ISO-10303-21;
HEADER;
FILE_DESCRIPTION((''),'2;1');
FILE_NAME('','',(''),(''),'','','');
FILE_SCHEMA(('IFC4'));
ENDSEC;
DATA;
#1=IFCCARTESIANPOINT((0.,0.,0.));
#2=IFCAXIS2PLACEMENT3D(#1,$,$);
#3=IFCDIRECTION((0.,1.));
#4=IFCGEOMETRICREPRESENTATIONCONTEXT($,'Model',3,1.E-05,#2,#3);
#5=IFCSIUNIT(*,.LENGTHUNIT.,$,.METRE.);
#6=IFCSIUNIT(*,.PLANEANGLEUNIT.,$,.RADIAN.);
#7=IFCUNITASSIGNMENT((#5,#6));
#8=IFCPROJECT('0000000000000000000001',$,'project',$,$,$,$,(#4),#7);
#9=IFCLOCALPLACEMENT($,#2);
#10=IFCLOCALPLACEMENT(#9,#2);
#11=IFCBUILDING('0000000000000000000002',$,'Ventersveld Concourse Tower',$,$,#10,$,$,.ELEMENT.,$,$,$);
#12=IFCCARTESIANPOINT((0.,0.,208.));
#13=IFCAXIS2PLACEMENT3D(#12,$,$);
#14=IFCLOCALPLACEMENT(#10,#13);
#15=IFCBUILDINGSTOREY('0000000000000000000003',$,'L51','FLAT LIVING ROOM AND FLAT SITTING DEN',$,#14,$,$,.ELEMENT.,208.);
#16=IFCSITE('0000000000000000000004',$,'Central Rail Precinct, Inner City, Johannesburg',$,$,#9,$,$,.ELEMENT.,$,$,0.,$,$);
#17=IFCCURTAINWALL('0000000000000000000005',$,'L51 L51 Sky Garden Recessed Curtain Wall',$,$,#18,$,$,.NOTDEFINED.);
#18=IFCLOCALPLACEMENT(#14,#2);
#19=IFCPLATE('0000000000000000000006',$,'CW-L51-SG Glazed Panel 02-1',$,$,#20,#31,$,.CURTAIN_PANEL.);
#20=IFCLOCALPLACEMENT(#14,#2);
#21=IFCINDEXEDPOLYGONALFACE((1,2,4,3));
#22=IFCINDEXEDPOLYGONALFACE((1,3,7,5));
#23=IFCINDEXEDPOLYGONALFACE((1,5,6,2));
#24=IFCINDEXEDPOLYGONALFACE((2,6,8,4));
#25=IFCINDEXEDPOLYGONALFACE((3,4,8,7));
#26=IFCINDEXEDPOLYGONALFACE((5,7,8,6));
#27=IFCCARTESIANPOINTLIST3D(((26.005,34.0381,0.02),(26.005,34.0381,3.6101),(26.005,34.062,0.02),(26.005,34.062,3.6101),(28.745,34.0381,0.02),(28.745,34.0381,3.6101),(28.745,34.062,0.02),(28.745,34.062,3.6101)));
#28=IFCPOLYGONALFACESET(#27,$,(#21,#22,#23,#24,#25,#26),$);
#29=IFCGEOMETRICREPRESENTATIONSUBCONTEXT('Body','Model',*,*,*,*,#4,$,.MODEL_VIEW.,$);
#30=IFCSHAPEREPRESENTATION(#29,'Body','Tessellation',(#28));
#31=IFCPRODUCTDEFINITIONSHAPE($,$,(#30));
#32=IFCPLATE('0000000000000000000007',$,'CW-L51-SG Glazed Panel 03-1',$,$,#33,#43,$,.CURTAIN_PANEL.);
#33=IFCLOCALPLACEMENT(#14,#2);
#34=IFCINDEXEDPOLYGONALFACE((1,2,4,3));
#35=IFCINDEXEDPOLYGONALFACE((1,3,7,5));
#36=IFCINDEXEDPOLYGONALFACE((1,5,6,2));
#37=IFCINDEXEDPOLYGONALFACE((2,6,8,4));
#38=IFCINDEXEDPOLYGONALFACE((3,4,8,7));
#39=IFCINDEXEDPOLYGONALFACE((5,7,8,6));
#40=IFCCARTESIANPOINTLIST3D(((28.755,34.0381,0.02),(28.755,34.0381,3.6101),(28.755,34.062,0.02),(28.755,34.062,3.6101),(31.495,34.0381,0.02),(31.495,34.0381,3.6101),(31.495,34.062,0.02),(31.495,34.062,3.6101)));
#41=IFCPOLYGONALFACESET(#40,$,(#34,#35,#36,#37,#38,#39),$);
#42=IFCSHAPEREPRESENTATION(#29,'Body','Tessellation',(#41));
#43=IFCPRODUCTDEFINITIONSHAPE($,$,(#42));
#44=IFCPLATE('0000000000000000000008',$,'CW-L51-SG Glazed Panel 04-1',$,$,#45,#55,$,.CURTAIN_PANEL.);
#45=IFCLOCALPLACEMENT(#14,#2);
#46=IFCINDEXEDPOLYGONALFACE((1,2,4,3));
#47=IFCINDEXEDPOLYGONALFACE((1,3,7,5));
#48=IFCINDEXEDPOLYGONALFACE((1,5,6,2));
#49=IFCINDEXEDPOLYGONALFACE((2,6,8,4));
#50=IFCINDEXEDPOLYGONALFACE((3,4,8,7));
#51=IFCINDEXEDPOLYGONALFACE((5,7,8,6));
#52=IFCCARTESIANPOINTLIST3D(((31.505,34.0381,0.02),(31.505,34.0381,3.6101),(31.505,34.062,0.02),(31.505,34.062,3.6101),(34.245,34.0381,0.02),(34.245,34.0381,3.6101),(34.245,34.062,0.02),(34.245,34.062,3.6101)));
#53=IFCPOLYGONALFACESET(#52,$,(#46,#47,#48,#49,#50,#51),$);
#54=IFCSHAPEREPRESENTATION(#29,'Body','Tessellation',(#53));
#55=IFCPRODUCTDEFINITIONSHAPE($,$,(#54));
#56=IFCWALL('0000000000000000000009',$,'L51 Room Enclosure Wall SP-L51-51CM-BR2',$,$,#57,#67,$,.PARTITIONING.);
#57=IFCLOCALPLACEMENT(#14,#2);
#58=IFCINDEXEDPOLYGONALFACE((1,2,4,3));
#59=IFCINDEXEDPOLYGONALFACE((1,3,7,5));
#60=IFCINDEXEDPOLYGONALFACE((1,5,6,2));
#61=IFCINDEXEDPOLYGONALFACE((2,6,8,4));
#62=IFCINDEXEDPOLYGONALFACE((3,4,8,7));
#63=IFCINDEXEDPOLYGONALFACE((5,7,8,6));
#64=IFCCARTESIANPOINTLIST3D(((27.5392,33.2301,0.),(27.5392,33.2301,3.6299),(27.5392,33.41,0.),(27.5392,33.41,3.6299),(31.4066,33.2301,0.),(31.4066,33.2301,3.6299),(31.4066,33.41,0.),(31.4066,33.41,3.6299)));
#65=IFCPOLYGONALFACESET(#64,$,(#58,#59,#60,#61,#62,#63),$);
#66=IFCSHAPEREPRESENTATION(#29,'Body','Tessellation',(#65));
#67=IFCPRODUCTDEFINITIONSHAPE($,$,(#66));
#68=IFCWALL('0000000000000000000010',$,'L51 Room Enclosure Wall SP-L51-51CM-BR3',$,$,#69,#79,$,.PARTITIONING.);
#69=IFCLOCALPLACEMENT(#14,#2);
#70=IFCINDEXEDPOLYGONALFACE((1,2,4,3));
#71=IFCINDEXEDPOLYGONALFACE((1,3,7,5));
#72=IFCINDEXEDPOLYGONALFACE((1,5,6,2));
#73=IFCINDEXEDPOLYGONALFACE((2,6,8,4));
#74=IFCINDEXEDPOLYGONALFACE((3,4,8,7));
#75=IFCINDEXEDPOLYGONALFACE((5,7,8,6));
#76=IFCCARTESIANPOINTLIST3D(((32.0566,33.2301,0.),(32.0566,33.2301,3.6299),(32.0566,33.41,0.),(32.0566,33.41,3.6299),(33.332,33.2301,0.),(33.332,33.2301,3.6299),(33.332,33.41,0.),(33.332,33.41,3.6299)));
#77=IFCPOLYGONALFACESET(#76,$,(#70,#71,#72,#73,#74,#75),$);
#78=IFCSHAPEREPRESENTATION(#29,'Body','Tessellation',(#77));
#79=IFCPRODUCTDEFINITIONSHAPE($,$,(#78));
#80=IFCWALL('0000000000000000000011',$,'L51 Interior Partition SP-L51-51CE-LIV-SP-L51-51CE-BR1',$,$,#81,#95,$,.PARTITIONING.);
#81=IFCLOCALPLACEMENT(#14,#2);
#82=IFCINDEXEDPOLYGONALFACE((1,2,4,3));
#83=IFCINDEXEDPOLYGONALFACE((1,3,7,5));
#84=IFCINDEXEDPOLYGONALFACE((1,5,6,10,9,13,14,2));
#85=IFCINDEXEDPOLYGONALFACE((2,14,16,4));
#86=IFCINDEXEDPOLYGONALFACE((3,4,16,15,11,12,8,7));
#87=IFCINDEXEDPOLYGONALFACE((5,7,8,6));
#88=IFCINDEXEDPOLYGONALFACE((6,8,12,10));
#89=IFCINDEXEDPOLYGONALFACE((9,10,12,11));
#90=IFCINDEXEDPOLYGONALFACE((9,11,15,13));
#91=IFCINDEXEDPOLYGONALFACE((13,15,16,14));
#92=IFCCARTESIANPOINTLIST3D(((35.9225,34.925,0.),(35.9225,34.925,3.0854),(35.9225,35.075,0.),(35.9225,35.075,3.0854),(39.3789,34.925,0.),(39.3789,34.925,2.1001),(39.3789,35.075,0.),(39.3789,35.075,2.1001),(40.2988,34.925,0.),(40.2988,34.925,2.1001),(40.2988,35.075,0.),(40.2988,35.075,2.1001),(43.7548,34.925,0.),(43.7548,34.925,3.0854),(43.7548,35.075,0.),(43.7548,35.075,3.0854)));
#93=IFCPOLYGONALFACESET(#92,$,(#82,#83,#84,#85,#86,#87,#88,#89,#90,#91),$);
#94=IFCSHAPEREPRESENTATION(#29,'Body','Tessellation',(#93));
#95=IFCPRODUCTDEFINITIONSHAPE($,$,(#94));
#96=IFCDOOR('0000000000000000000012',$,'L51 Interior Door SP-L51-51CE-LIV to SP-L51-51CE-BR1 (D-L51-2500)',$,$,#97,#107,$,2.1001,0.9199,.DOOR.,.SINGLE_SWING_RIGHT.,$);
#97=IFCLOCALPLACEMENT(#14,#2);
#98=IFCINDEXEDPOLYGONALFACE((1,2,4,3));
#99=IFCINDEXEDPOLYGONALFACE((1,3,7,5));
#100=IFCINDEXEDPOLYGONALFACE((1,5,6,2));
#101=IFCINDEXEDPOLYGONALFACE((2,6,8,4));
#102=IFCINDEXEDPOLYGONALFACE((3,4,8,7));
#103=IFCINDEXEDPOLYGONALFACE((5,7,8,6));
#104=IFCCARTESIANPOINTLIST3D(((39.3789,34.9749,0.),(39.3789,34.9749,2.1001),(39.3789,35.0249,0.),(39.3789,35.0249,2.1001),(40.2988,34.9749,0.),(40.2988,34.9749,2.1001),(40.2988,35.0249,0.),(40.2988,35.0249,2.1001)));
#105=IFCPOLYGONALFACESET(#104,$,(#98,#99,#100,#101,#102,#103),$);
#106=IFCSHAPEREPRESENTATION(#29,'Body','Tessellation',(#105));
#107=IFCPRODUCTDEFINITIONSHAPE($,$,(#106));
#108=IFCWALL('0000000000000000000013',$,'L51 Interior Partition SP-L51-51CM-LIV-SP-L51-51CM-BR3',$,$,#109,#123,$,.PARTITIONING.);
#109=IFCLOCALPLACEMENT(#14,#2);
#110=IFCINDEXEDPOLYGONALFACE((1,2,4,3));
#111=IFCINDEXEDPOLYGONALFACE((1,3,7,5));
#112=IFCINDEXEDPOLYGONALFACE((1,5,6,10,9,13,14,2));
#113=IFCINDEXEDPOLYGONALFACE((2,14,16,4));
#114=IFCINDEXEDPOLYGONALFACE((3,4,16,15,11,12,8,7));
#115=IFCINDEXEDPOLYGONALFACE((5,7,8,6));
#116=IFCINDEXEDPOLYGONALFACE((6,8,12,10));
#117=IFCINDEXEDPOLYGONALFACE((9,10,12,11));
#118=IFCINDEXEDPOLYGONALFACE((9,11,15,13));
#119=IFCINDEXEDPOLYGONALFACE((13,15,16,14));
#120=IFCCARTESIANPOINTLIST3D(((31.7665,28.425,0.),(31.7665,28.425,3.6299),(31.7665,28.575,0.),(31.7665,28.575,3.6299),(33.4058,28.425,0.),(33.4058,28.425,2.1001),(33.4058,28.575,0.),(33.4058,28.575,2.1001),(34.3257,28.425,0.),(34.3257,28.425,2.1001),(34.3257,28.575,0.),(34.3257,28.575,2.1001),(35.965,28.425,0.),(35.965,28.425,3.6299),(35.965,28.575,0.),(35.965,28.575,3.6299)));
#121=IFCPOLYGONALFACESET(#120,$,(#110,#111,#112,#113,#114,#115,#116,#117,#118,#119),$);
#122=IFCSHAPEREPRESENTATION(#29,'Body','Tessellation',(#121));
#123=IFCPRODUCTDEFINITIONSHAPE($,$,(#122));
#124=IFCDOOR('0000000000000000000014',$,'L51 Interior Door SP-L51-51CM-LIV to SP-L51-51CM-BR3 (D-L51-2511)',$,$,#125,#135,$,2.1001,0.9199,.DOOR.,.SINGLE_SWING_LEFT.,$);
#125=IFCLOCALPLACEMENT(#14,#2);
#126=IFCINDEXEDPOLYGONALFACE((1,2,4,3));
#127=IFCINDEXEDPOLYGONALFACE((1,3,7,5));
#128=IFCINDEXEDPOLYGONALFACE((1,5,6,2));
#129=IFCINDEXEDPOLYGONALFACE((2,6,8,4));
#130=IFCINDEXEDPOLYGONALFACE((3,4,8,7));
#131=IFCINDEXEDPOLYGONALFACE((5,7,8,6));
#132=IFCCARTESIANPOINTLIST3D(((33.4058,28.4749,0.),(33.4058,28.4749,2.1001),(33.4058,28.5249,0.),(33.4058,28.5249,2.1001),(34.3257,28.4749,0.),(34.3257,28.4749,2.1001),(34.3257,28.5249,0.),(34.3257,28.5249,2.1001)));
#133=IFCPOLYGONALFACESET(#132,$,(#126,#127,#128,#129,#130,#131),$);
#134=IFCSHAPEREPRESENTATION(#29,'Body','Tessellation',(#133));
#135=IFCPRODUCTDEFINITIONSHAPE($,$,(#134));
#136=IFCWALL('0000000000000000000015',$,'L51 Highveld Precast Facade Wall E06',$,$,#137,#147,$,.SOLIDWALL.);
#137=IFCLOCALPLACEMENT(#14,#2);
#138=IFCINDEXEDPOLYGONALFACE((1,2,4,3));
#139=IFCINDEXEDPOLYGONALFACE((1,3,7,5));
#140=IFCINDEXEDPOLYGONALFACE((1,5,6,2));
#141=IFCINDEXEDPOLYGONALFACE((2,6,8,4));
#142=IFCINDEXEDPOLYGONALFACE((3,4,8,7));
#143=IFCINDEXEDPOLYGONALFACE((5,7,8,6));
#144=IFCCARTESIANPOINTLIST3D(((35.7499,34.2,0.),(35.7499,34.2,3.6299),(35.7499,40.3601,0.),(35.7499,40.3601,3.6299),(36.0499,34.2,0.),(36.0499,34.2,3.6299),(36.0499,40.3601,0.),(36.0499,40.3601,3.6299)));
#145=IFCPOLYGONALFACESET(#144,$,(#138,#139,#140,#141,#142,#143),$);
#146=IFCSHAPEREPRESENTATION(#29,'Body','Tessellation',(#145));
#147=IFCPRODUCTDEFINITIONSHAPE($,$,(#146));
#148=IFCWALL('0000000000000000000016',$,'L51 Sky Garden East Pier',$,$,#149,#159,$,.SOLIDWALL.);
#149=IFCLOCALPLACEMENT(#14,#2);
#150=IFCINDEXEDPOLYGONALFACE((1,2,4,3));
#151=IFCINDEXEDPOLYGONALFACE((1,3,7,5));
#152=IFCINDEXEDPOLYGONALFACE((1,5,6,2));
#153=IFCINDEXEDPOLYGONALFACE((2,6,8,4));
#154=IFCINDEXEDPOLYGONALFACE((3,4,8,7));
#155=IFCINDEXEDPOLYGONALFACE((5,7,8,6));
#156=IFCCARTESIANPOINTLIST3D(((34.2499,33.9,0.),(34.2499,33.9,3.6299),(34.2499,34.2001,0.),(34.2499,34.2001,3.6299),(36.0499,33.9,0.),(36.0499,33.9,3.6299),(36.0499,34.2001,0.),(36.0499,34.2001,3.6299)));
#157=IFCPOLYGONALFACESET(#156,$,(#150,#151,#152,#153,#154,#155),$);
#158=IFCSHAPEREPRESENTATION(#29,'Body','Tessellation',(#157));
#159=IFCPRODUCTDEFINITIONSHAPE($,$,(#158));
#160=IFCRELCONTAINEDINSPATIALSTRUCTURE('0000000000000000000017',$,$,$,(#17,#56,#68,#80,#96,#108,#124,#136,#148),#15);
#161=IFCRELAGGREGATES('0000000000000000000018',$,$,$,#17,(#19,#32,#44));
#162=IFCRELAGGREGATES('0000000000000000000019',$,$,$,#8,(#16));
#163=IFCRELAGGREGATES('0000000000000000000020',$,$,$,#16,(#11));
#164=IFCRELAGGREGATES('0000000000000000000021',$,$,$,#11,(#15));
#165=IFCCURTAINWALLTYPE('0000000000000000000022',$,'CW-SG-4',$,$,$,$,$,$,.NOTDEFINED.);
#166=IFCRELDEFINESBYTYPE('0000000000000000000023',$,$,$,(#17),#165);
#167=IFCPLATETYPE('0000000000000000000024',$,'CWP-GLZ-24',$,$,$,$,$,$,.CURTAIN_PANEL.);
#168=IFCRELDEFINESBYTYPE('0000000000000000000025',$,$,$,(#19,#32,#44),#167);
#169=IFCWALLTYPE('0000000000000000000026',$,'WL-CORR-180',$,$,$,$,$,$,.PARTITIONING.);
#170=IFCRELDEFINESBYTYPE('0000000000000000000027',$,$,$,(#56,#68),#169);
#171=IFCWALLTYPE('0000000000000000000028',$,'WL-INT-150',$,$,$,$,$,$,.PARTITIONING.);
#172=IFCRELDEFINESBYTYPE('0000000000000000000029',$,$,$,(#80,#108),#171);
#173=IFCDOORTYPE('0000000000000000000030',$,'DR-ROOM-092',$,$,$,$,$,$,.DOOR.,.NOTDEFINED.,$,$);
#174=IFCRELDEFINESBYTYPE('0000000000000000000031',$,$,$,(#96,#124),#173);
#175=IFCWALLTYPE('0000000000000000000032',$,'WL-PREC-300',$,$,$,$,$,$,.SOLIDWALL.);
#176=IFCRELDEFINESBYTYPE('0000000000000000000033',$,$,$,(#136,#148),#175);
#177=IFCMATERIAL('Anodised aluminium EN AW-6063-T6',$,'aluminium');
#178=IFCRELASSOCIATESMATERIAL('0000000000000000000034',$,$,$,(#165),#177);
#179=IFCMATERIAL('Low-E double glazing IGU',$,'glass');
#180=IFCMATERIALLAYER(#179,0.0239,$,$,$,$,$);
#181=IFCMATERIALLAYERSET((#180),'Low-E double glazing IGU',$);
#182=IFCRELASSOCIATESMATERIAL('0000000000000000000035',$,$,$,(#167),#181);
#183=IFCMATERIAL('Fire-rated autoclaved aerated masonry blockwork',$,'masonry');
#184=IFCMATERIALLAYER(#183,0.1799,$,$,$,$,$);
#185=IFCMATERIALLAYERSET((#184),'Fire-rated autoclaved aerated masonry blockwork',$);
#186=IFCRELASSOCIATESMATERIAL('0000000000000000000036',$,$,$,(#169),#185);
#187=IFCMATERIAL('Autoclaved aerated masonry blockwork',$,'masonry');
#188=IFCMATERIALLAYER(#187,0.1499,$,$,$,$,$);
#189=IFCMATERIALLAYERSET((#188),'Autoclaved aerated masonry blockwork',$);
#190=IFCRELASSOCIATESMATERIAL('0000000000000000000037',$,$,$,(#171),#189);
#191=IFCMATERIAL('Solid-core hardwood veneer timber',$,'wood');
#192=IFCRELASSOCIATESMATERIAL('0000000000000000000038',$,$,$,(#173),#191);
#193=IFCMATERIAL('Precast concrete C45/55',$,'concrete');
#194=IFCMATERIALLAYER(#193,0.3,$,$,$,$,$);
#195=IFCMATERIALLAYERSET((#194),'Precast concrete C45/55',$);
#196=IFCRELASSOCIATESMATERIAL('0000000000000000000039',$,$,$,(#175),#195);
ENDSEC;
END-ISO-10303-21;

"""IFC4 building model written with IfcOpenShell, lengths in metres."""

from ifc_helpers import new_model, si_unit, direction, frame, frame_2d, origin, origin_2d, place, context, subcontext, project, spatial, rectangle, extrude, material, layer, layer_set, type_object, element, fill, aggregate, save


model = new_model("IFC4")

# Units and contexts
model_context = context("Model", 3, precision=1e-05, world=origin(), true_north=direction((0.0, 1.0)))
body_context = subcontext(model_context, "Body", "Model", "MODEL_VIEW")
ifc_project = project(units=[si_unit("LENGTHUNIT", "METRE"), si_unit("PLANEANGLEUNIT", "RADIAN")], contexts=[model_context])

# Site, building, storey
site_placement = place(None, origin())
site = spatial("IfcSite", under=ifc_project, at=site_placement, Name="Central Rail Precinct, Inner City, Johannesburg", CompositionType="ELEMENT", RefElevation=0.0)
building_placement = place(site_placement, origin())
building = spatial("IfcBuilding", under=site, at=building_placement, Name="Ventersveld Concourse Tower", CompositionType="ELEMENT")
storey_placement = place(building_placement, frame((0.0, 0.0, 208.0)))
storey = spatial("IfcBuildingStorey", under=building, at=storey_placement, Name="L51", Description="FLAT LIVING ROOM AND FLAT SITTING DEN", CompositionType="ELEMENT", Elevation=208.0)

# Curtain wall
ifc_material_1 = material(Name="Anodised aluminium EN AW-6063-T6", Category="aluminium")
curtain_wall_type = type_object("IfcCurtainWallType", Name="CW-SG-4", PredefinedType="NOTDEFINED", material=ifc_material_1)
curtain_wall_placement = place(storey_placement, origin())
curtain_wall = element("IfcCurtainWall", 1, at=curtain_wall_placement, inside=storey, type_object=curtain_wall_type, Name="L51 L51 Sky Garden Recessed Curtain Wall", PredefinedType="NOTDEFINED")

# Plates
ifc_material_2 = material(Name="Low-E double glazing IGU", Category="glass")
ifc_layer_1 = layer(ifc_material_2, 0.0239)
ifc_layer_set_1 = layer_set([ifc_layer_1], Name="Low-E double glazing IGU")
plate_type = type_object("IfcPlateType", Name="CWP-GLZ-24", PredefinedType="CURTAIN_PANEL", material=ifc_layer_set_1)
plate_1_placement = place(storey_placement, frame((27.375, 34.05, 0.02), z_axis=(0.0, 0.0, 1.0), x_axis=(1.0, 0.0, 0.0)))
plate_1 = element("IfcPlate", 2, at=plate_1_placement, type_object=plate_type, Name="CW-L51-SG Glazed Panel 02-1", PredefinedType="CURTAIN_PANEL", context=body_context, shape_type="SweptSolid", body=[
    extrude(rectangle(XDim=2.74, YDim=0.0239, at=origin_2d()), origin(), (0.0, 0.0, 1.0), 3.5901),
])
plate_2_placement = place(storey_placement, frame((30.125, 34.05, 0.02), z_axis=(0.0, 0.0, 1.0), x_axis=(1.0, 0.0, 0.0)))
plate_2 = element("IfcPlate", 3, at=plate_2_placement, type_object=plate_type, Name="CW-L51-SG Glazed Panel 03-1", PredefinedType="CURTAIN_PANEL", context=body_context, shape_type="SweptSolid", body=[
    extrude(rectangle(XDim=2.74, YDim=0.0239, at=origin_2d()), origin(), (0.0, 0.0, 1.0), 3.5901),
])
plate_3_placement = place(storey_placement, frame((32.875, 34.05, 0.02), z_axis=(0.0, 0.0, 1.0), x_axis=(1.0, 0.0, 0.0)))
plate_3 = element("IfcPlate", 4, at=plate_3_placement, type_object=plate_type, Name="CW-L51-SG Glazed Panel 04-1", PredefinedType="CURTAIN_PANEL", context=body_context, shape_type="SweptSolid", body=[
    extrude(rectangle(XDim=2.74, YDim=0.0239, at=origin_2d()), origin(), (0.0, 0.0, 1.0), 3.5901),
])
aggregate(curtain_wall, [plate_1, plate_2, plate_3])

# Walls
ifc_material_3 = material(Name="Fire-rated autoclaved aerated masonry blockwork", Category="masonry")
ifc_layer_2 = layer(ifc_material_3, 0.1799)
ifc_layer_set_2 = layer_set([ifc_layer_2], Name="Fire-rated autoclaved aerated masonry blockwork")
wall_type_1 = type_object("IfcWallType", Name="WL-CORR-180", PredefinedType="PARTITIONING", material=ifc_layer_set_2)
wall_1_placement = place(storey_placement, frame((27.5393, 33.3201, 0.0), z_axis=(0.0, 0.0, 1.0), x_axis=(1.0, 0.0, 0.0)))
element("IfcWall", 5, at=wall_1_placement, inside=storey, type_object=wall_type_1, Name="L51 Room Enclosure Wall SP-L51-51CM-BR2", PredefinedType="PARTITIONING", context=body_context, shape_type="SweptSolid", body=[
    extrude(rectangle(XDim=3.8674, YDim=0.1799, at=frame_2d((1.9336, 0.0))), origin(), (0.0, 0.0, 1.0), 3.6299),
])
wall_2_placement = place(storey_placement, frame((32.0566, 33.3201, 0.0), z_axis=(0.0, 0.0, 1.0), x_axis=(1.0, 0.0, 0.0)))
element("IfcWall", 6, at=wall_2_placement, inside=storey, type_object=wall_type_1, Name="L51 Room Enclosure Wall SP-L51-51CM-BR3", PredefinedType="PARTITIONING", context=body_context, shape_type="SweptSolid", body=[
    extrude(rectangle(XDim=1.2754, YDim=0.1799, at=frame_2d((0.6377, 0.0))), origin(), (0.0, 0.0, 1.0), 3.6299),
])

# Walls, openings, doors
ifc_material_4 = material(Name="Autoclaved aerated masonry blockwork", Category="masonry")
ifc_layer_3 = layer(ifc_material_4, 0.1499)
ifc_layer_set_3 = layer_set([ifc_layer_3], Name="Autoclaved aerated masonry blockwork")
wall_type_2 = type_object("IfcWallType", Name="WL-INT-150", PredefinedType="PARTITIONING", material=ifc_layer_set_3)
wall_3_placement = place(storey_placement, frame((35.9226, 35.0, 0.0), z_axis=(0.0, 0.0, 1.0), x_axis=(1.0, 0.0, 0.0)))
wall_3 = element("IfcWall", 7, at=wall_3_placement, inside=storey, type_object=wall_type_2, Name="L51 Interior Partition SP-L51-51CE-LIV-SP-L51-51CE-BR1", PredefinedType="PARTITIONING", context=body_context, shape_type="SweptSolid", body=[
    extrude(rectangle(XDim=7.8323, YDim=0.1499, at=frame_2d((3.916, 0.0))), origin(), (0.0, 0.0, 1.0), 3.0854),
])
opening_1_placement = place(wall_3_placement, frame((3.4563, 0.0, 0.0)))
opening_1 = element("IfcOpeningElement", 8, at=opening_1_placement, cuts=wall_3, PredefinedType="OPENING", context=body_context, shape_type="SweptSolid", body=[
    extrude(rectangle(XDim=0.9199, YDim=2.1001, at=frame_2d((0.46, 1.05))), frame((0.0, 0.085, 0.0), z_axis=(0.0, -1.0, 0.0), x_axis=(1.0, 0.0, 0.0)), (0.0, 0.0, 1.0), 0.1699),
])
ifc_material_5 = material(Name="Solid-core hardwood veneer timber", Category="wood")
door_type = type_object("IfcDoorType", Name="DR-ROOM-092", OperationType="NOTDEFINED", PredefinedType="DOOR", material=ifc_material_5)
door_1_placement = place(opening_1_placement, origin())
door_1 = element("IfcDoor", 9, at=door_1_placement, inside=storey, type_object=door_type, Name="L51 Interior Door SP-L51-51CE-LIV to SP-L51-51CE-BR1 (D-L51-2500)", OperationType="SINGLE_SWING_RIGHT", OverallHeight=2.1001, OverallWidth=0.9199, PredefinedType="DOOR", context=body_context, shape_type="SweptSolid", body=[
    extrude(rectangle(XDim=0.9199, YDim=2.1001, at=frame_2d((0.46, 1.05))), frame((0.0, 0.0249, 0.0), z_axis=(0.0, -1.0, 0.0), x_axis=(1.0, 0.0, 0.0)), (0.0, 0.0, 1.0), 0.05),
])
fill(opening_1, door_1)
wall_4_placement = place(storey_placement, frame((31.7666, 28.5, 0.0), z_axis=(0.0, 0.0, 1.0), x_axis=(1.0, 0.0, 0.0)))
wall_4 = element("IfcWall", 10, at=wall_4_placement, inside=storey, type_object=wall_type_2, Name="L51 Interior Partition SP-L51-51CM-LIV-SP-L51-51CM-BR3", PredefinedType="PARTITIONING", context=body_context, shape_type="SweptSolid", body=[
    extrude(rectangle(XDim=4.1985, YDim=0.1499, at=frame_2d((2.0991, 0.0))), origin(), (0.0, 0.0, 1.0), 3.6299),
])
opening_2_placement = place(wall_4_placement, frame((1.6392, 0.0, 0.0)))
opening_2 = element("IfcOpeningElement", 11, at=opening_2_placement, cuts=wall_4, PredefinedType="OPENING", context=body_context, shape_type="SweptSolid", body=[
    extrude(rectangle(XDim=0.9199, YDim=2.1001, at=frame_2d((0.46, 1.05))), frame((0.0, 0.085, 0.0), z_axis=(0.0, -1.0, 0.0), x_axis=(1.0, 0.0, 0.0)), (0.0, 0.0, 1.0), 0.1699),
])
door_2_placement = place(opening_2_placement, origin())
door_2 = element("IfcDoor", 12, at=door_2_placement, inside=storey, type_object=door_type, Name="L51 Interior Door SP-L51-51CM-LIV to SP-L51-51CM-BR3 (D-L51-2511)", OperationType="SINGLE_SWING_LEFT", OverallHeight=2.1001, OverallWidth=0.9199, PredefinedType="DOOR", context=body_context, shape_type="SweptSolid", body=[
    extrude(rectangle(XDim=0.9199, YDim=2.1001, at=frame_2d((0.46, 1.05))), frame((0.0, 0.0249, 0.0), z_axis=(0.0, -1.0, 0.0), x_axis=(1.0, 0.0, 0.0)), (0.0, 0.0, 1.0), 0.05),
])
fill(opening_2, door_2)

# Walls
ifc_material_6 = material(Name="Precast concrete C45/55", Category="concrete")
ifc_layer_4 = layer(ifc_material_6, 0.3)
ifc_layer_set_4 = layer_set([ifc_layer_4], Name="Precast concrete C45/55")
wall_type_3 = type_object("IfcWallType", Name="WL-PREC-300", PredefinedType="SOLIDWALL", material=ifc_layer_set_4)
wall_5_placement = place(storey_placement, frame((35.8999, 40.3601, 0.0), z_axis=(0.0, 0.0, 1.0), x_axis=(0.0, -1.0, 0.0)))
element("IfcWall", 13, at=wall_5_placement, inside=storey, type_object=wall_type_3, Name="L51 Highveld Precast Facade Wall E06", PredefinedType="SOLIDWALL", context=body_context, shape_type="SweptSolid", body=[
    extrude(rectangle(XDim=6.1602, YDim=0.3, at=frame_2d((3.0801, 0.0))), origin(), (0.0, 0.0, 1.0), 3.6299),
])
wall_6_placement = place(storey_placement, frame((34.25, 34.05, 0.0), z_axis=(0.0, 0.0, 1.0), x_axis=(1.0, 0.0, 0.0)))
element("IfcWall", 14, at=wall_6_placement, inside=storey, type_object=wall_type_3, Name="L51 Sky Garden East Pier", PredefinedType="SOLIDWALL", context=body_context, shape_type="SweptSolid", body=[
    extrude(rectangle(XDim=1.8, YDim=0.3, at=frame_2d((0.8999, 0.0))), origin(), (0.0, 0.0, 1.0), 3.6299),
])

save(model, "model.ifc")
